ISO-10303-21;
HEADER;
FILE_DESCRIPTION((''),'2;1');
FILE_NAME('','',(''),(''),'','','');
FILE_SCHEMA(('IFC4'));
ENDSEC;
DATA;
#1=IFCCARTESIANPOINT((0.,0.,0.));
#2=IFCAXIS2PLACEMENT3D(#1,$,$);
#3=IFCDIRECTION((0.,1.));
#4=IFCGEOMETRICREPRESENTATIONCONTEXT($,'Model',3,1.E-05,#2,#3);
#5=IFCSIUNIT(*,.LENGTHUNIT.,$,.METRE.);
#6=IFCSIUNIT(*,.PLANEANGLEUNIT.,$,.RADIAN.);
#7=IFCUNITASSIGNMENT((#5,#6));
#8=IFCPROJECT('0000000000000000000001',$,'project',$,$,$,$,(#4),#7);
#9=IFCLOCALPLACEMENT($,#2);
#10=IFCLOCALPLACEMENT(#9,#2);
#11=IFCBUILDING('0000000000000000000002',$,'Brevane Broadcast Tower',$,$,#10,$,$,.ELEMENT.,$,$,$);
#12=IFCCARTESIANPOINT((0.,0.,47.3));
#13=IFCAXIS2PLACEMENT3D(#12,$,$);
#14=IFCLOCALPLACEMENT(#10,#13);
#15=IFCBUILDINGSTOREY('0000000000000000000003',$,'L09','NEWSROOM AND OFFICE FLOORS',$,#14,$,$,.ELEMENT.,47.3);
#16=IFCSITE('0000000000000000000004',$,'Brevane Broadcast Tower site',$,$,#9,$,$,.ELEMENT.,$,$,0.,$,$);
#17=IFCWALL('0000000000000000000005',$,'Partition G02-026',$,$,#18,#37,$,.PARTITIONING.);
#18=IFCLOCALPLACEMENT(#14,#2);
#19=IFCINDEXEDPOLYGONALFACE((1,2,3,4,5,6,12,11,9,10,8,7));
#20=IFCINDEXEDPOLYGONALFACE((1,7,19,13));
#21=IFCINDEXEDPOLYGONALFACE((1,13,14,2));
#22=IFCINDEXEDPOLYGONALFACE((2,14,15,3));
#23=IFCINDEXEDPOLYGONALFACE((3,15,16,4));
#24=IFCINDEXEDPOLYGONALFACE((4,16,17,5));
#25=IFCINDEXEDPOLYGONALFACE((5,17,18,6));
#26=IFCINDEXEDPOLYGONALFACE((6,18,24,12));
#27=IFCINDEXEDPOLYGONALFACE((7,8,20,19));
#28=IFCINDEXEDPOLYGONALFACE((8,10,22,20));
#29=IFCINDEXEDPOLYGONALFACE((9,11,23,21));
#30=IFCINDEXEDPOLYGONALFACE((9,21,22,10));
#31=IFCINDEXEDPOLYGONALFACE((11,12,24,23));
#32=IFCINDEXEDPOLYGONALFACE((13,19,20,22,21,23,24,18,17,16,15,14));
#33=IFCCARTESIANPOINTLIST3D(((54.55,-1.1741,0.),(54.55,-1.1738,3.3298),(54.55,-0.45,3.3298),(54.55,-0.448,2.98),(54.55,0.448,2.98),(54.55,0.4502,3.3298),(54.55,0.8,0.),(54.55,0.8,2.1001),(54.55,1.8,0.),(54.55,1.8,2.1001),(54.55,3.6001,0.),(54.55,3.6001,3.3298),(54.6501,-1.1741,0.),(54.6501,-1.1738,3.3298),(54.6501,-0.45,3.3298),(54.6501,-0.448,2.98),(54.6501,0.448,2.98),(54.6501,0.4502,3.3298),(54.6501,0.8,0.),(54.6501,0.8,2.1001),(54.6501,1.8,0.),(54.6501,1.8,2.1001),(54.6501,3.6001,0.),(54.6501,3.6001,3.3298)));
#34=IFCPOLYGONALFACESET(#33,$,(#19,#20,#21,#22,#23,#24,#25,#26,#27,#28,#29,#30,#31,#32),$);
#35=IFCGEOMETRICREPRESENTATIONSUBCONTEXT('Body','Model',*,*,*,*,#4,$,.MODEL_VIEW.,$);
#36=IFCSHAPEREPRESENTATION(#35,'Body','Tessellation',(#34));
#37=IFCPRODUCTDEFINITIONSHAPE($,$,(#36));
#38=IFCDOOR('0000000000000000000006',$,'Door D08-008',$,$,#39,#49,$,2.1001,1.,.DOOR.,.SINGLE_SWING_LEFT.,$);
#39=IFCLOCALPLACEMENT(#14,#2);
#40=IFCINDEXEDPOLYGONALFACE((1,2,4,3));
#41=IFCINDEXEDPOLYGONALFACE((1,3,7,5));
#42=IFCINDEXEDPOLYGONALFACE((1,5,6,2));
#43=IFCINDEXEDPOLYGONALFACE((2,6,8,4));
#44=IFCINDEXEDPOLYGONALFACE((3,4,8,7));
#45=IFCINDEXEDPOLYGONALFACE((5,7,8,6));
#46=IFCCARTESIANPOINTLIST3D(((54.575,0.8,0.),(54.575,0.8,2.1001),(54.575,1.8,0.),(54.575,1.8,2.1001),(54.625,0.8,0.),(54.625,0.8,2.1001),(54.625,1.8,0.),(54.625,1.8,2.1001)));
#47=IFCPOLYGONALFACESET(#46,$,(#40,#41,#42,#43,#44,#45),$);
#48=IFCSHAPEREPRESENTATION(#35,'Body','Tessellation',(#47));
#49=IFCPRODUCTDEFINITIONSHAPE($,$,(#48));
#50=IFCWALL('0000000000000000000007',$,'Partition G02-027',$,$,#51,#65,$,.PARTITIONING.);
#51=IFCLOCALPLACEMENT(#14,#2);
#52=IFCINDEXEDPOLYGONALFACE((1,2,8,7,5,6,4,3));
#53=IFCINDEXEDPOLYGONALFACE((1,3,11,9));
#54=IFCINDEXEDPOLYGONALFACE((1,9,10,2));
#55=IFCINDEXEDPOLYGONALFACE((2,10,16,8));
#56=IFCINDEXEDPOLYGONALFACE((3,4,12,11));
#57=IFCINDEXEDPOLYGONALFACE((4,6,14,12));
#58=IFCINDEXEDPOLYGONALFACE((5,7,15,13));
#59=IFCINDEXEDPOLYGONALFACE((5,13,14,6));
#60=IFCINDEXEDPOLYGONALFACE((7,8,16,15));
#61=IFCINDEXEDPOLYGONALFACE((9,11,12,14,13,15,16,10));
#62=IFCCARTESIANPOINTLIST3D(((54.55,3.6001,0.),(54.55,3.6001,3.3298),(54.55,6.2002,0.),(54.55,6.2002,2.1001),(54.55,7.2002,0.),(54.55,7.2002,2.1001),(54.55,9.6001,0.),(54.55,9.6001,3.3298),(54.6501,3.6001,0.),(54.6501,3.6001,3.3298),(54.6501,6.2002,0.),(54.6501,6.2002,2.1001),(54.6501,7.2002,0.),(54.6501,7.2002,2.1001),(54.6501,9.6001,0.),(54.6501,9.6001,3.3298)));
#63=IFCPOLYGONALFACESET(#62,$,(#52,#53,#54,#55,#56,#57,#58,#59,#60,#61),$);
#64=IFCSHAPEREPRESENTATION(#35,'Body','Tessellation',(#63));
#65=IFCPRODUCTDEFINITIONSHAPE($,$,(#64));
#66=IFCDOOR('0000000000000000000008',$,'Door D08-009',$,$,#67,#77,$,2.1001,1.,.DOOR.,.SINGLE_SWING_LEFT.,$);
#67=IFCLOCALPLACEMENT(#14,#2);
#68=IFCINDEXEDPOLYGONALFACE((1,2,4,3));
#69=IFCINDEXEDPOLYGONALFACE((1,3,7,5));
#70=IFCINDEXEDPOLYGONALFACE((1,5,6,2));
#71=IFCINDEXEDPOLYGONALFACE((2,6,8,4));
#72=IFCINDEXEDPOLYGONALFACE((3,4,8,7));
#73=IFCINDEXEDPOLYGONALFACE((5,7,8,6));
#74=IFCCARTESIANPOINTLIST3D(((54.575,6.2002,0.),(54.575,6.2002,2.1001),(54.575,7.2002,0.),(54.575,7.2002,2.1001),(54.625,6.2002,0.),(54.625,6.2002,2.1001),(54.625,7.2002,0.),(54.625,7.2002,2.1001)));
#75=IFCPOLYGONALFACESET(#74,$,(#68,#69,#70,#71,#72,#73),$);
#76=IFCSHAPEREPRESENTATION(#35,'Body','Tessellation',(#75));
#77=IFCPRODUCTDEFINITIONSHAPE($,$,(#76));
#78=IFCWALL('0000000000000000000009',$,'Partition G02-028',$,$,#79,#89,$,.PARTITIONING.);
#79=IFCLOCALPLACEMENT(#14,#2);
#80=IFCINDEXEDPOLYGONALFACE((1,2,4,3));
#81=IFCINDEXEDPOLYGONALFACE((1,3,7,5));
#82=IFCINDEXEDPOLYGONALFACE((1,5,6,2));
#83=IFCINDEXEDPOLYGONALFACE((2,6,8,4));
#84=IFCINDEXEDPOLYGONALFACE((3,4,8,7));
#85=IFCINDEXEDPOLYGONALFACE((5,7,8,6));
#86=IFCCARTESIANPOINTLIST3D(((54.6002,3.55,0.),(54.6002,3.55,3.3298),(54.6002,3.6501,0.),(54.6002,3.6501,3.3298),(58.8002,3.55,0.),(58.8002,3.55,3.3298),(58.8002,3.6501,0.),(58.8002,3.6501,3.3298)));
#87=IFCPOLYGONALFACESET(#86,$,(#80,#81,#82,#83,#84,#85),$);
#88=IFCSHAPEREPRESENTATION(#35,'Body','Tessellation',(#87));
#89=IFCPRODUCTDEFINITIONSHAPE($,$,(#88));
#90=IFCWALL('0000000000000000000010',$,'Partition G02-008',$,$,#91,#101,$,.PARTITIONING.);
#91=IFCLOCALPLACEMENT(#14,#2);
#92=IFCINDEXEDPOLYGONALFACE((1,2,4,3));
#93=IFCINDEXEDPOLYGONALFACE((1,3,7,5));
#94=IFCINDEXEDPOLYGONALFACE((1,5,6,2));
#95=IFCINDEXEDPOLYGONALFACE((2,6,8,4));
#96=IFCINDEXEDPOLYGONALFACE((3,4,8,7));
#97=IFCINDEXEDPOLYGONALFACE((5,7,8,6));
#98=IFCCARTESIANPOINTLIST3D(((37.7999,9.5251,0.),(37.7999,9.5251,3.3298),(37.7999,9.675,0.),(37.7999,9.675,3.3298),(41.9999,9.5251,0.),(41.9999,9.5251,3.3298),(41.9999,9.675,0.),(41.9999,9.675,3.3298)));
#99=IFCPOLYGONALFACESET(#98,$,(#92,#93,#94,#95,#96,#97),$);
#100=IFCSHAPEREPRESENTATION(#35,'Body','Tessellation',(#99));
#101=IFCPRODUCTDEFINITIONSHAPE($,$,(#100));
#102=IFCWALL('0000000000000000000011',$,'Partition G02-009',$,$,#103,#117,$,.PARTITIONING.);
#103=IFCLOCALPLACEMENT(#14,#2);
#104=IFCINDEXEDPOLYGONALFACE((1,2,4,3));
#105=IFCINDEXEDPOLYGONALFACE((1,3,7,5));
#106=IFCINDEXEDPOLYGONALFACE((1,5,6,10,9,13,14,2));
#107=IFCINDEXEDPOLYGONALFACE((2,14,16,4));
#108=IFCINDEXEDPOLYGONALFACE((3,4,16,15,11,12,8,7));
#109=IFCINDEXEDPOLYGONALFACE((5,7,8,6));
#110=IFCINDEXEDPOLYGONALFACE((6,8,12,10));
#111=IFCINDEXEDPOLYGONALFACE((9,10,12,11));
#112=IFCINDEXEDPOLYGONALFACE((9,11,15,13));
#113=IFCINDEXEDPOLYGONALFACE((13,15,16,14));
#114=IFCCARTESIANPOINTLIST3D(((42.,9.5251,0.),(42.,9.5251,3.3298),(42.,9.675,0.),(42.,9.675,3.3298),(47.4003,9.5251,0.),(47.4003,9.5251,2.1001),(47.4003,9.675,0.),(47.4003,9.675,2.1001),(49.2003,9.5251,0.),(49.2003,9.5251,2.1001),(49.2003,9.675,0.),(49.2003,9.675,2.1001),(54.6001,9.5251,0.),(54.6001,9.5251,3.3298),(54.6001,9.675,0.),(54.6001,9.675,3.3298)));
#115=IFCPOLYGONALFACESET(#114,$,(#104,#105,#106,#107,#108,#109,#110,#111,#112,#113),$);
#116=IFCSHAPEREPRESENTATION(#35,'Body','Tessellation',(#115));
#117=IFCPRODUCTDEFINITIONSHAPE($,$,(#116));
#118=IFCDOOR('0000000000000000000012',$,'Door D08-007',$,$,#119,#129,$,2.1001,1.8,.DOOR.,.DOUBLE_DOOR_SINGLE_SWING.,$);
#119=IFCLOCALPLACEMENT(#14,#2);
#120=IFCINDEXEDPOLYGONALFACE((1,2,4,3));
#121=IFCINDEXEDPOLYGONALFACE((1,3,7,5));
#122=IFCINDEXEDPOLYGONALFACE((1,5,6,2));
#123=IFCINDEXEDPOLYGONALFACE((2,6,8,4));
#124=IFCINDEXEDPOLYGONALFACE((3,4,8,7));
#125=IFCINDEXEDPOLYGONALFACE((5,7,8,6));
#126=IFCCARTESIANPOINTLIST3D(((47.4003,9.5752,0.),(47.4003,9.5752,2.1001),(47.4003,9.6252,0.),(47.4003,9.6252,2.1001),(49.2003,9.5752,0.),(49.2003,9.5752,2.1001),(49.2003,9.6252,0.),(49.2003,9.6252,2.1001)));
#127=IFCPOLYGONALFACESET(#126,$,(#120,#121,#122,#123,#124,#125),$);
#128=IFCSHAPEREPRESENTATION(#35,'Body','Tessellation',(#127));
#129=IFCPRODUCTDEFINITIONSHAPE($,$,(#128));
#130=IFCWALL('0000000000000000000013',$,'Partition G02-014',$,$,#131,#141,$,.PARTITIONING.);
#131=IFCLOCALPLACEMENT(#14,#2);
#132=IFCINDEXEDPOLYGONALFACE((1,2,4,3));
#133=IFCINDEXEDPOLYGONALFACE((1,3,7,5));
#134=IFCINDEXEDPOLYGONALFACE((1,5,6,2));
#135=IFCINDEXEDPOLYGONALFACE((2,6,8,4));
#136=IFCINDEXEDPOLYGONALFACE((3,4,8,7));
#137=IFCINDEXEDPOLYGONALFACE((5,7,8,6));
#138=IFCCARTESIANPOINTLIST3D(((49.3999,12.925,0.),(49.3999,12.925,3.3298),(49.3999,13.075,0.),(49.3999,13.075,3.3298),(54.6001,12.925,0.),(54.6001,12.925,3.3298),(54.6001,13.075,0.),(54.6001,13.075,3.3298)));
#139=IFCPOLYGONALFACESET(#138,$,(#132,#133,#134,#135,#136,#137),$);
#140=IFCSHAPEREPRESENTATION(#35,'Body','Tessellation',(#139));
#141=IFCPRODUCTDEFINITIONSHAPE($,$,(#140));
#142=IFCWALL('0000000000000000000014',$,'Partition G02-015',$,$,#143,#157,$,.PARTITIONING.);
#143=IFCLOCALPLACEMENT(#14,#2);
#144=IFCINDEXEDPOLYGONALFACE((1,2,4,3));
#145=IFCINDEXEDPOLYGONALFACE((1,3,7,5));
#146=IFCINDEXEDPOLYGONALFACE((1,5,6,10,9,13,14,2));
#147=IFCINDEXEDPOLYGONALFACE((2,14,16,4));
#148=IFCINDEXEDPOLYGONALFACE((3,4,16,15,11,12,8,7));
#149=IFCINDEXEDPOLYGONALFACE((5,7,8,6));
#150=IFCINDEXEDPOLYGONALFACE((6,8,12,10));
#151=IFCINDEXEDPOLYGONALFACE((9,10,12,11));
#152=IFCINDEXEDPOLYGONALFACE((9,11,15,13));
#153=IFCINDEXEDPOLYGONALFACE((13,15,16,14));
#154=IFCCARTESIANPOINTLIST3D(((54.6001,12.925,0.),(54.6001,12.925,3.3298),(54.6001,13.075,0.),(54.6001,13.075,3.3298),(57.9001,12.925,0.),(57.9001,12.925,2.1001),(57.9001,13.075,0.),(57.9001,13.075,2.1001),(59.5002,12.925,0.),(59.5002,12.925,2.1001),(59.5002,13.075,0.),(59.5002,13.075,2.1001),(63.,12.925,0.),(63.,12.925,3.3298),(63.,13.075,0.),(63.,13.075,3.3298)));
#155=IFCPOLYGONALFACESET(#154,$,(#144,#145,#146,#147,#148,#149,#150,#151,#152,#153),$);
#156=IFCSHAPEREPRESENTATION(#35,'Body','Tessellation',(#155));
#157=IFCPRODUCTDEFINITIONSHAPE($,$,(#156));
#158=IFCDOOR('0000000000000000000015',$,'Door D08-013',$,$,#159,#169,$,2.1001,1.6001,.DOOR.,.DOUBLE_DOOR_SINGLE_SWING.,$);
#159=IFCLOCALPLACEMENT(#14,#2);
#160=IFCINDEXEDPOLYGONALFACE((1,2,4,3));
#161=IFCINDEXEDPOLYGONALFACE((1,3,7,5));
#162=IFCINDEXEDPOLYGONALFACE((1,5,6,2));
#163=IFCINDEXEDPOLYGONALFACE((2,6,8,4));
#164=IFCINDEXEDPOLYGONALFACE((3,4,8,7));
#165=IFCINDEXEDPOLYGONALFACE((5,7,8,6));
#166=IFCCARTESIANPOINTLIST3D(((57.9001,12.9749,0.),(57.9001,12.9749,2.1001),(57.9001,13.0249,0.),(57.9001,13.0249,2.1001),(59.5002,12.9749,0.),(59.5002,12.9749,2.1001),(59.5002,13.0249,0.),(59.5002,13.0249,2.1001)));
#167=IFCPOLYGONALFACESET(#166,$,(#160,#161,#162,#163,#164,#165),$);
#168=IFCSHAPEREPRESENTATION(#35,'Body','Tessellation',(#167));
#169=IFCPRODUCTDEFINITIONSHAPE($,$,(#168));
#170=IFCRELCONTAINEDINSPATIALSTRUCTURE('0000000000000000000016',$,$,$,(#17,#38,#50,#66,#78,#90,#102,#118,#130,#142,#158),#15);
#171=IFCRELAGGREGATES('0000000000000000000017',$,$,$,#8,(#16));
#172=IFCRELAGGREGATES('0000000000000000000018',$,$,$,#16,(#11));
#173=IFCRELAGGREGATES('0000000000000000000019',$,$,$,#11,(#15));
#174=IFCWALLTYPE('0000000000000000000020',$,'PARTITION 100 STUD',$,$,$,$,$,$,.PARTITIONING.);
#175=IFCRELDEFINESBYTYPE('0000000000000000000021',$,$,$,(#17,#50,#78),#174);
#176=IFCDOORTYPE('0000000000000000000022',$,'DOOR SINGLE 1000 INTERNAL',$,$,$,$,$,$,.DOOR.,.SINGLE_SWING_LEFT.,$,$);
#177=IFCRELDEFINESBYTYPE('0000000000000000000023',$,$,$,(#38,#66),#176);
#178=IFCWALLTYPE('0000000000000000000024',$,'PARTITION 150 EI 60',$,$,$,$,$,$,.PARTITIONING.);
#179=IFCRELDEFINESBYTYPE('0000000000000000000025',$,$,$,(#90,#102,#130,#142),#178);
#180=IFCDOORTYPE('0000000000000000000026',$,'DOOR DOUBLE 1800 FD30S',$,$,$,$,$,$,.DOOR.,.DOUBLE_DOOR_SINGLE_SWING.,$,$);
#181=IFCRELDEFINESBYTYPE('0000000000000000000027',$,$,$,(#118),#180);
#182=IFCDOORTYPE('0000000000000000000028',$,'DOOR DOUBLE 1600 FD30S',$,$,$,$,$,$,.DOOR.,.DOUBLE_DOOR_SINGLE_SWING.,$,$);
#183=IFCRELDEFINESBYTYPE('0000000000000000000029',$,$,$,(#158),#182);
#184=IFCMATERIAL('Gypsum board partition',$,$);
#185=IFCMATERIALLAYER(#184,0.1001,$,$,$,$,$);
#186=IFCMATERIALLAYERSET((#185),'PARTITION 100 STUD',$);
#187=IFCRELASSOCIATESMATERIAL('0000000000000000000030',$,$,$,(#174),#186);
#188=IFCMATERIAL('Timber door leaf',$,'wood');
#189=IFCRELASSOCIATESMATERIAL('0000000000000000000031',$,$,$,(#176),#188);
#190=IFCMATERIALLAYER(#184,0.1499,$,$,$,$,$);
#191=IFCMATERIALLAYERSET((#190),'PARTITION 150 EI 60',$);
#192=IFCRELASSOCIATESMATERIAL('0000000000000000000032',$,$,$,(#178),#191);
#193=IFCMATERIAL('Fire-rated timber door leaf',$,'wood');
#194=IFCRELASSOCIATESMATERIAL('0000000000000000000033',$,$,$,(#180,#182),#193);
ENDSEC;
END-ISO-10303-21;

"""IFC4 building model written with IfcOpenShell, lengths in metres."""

from ifc_helpers import new_model, si_unit, direction, frame, frame_2d, origin, place, context, subcontext, project, spatial, polyline, rectangle, outline, extrude, material, layer, layer_set, type_object, element, fill, save


model = new_model("IFC4")

# Units and contexts
model_context = context("Model", 3, precision=1e-05, world=origin(), true_north=direction((0.0, 1.0)))
body_context = subcontext(model_context, "Body", "Model", "MODEL_VIEW")
ifc_project = project(units=[si_unit("LENGTHUNIT", "METRE"), si_unit("PLANEANGLEUNIT", "RADIAN")], contexts=[model_context])

# Site, building, storey
site_placement = place(None, origin())
site = spatial("IfcSite", under=ifc_project, at=site_placement, Name="Brevane Broadcast Tower site", CompositionType="ELEMENT", RefElevation=0.0)
building_placement = place(site_placement, origin())
building = spatial("IfcBuilding", under=site, at=building_placement, Name="Brevane Broadcast Tower", CompositionType="ELEMENT")
storey_placement = place(building_placement, frame((0.0, 0.0, 47.3)))
storey = spatial("IfcBuildingStorey", under=building, at=storey_placement, Name="L09", Description="NEWSROOM AND OFFICE FLOORS", CompositionType="ELEMENT", Elevation=47.3)

# Walls, openings, doors
ifc_material_1 = material(Name="Gypsum board partition")
ifc_layer_1 = layer(ifc_material_1, 0.1001)
ifc_layer_set_1 = layer_set([ifc_layer_1], Name="PARTITION 100 STUD")
wall_type_1 = type_object("IfcWallType", Name="PARTITION 100 STUD", PredefinedType="PARTITIONING", material=ifc_layer_set_1)
wall_1_placement = place(storey_placement, frame((54.6001, 3.6001, 0.0), z_axis=(0.0, 0.0, 1.0), x_axis=(0.0, -1.0, 0.0)))
wall_1 = element("IfcWall", 1, at=wall_1_placement, inside=storey, type_object=wall_type_1, Name="Partition G02-026", PredefinedType="PARTITIONING", context=body_context, shape_type="SweptSolid", body=[
    extrude(outline(polyline([(0.0, 0.0), (4.7742, 0.0), (4.7739, 3.3298), (4.7, 3.3298), (4.05, 3.3298), (4.0481, 2.98), (3.1521, 2.98), (3.1499, 3.3298), (0.0, 3.3298), (0.0, 0.0)])), frame((0.0, 0.05, 0.0), z_axis=(0.0, -1.0, 0.0), x_axis=(1.0, 0.0, 0.0)), (0.0, 0.0, 1.0), 0.1001),
])
opening_1_placement = place(wall_1_placement, frame((1.8, 0.0, 0.0)))
opening_1 = element("IfcOpeningElement", 2, at=opening_1_placement, cuts=wall_1, PredefinedType="OPENING", context=body_context, shape_type="SweptSolid", body=[
    extrude(rectangle(XDim=1.0, YDim=2.1001, at=frame_2d((0.5, 1.05))), frame((0.0, 0.0601, 0.0), z_axis=(0.0, -1.0, 0.0), x_axis=(1.0, 0.0, 0.0)), (0.0, 0.0, 1.0), 0.1201),
])
ifc_material_2 = material(Name="Timber door leaf", Category="wood")
door_type_1 = type_object("IfcDoorType", Name="DOOR SINGLE 1000 INTERNAL", OperationType="SINGLE_SWING_LEFT", PredefinedType="DOOR", material=ifc_material_2)
door_1_placement = place(opening_1_placement, origin())
door_1 = element("IfcDoor", 3, at=door_1_placement, inside=storey, type_object=door_type_1, Name="Door D08-008", OperationType="SINGLE_SWING_LEFT", OverallHeight=2.1001, OverallWidth=1.0, PredefinedType="DOOR", context=body_context, shape_type="SweptSolid", body=[
    extrude(rectangle(XDim=1.0, YDim=2.1001, at=frame_2d((0.5, 1.05))), frame((0.0, 0.0249, 0.0), z_axis=(0.0, -1.0, 0.0), x_axis=(1.0, 0.0, 0.0)), (0.0, 0.0, 1.0), 0.05),
])
fill(opening_1, door_1)
wall_2_placement = place(storey_placement, frame((54.6001, 9.6001, 0.0), z_axis=(0.0, 0.0, 1.0), x_axis=(0.0, -1.0, 0.0)))
wall_2 = element("IfcWall", 4, at=wall_2_placement, inside=storey, type_object=wall_type_1, Name="Partition G02-027", PredefinedType="PARTITIONING", context=body_context, shape_type="SweptSolid", body=[
    extrude(rectangle(XDim=6.0, YDim=0.1001, at=frame_2d((3.0, 0.0))), origin(), (0.0, 0.0, 1.0), 3.3298),
])
opening_2_placement = place(wall_2_placement, frame((2.3999, 0.0, 0.0)))
opening_2 = element("IfcOpeningElement", 5, at=opening_2_placement, cuts=wall_2, PredefinedType="OPENING", context=body_context, shape_type="SweptSolid", body=[
    extrude(rectangle(XDim=1.0, YDim=2.1001, at=frame_2d((0.5, 1.05))), frame((0.0, 0.0601, 0.0), z_axis=(0.0, -1.0, 0.0), x_axis=(1.0, 0.0, 0.0)), (0.0, 0.0, 1.0), 0.1201),
])
door_2_placement = place(opening_2_placement, origin())
door_2 = element("IfcDoor", 6, at=door_2_placement, inside=storey, type_object=door_type_1, Name="Door D08-009", OperationType="SINGLE_SWING_LEFT", OverallHeight=2.1001, OverallWidth=1.0, PredefinedType="DOOR", context=body_context, shape_type="SweptSolid", body=[
    extrude(rectangle(XDim=1.0, YDim=2.1001, at=frame_2d((0.5, 1.05))), frame((0.0, 0.0249, 0.0), z_axis=(0.0, -1.0, 0.0), x_axis=(1.0, 0.0, 0.0)), (0.0, 0.0, 1.0), 0.05),
])
fill(opening_2, door_2)

# Walls
wall_3_placement = place(storey_placement, frame((54.6001, 3.6001, 0.0), z_axis=(0.0, 0.0, 1.0), x_axis=(1.0, 0.0, 0.0)))
element("IfcWall", 7, at=wall_3_placement, inside=storey, type_object=wall_type_1, Name="Partition G02-028", PredefinedType="PARTITIONING", context=body_context, shape_type="SweptSolid", body=[
    extrude(rectangle(XDim=4.2, YDim=0.1001, at=frame_2d((2.1001, 0.0))), origin(), (0.0, 0.0, 1.0), 3.3298),
])
ifc_layer_2 = layer(ifc_material_1, 0.1499)
ifc_layer_set_2 = layer_set([ifc_layer_2], Name="PARTITION 150 EI 60")
wall_type_2 = type_object("IfcWallType", Name="PARTITION 150 EI 60", PredefinedType="PARTITIONING", material=ifc_layer_set_2)
wall_4_placement = place(storey_placement, frame((42.0, 9.6001, 0.0), z_axis=(0.0, 0.0, 1.0), x_axis=(-1.0, 0.0, 0.0)))
element("IfcWall", 8, at=wall_4_placement, inside=storey, type_object=wall_type_2, Name="Partition G02-008", PredefinedType="PARTITIONING", context=body_context, shape_type="SweptSolid", body=[
    extrude(rectangle(XDim=4.2, YDim=0.1499, at=frame_2d((2.1001, 0.0))), origin(), (0.0, 0.0, 1.0), 3.3298),
])

# Wall, opening, door
wall_5_placement = place(storey_placement, frame((54.6001, 9.6001, 0.0), z_axis=(0.0, 0.0, 1.0), x_axis=(-1.0, 0.0, 0.0)))
wall_5 = element("IfcWall", 9, at=wall_5_placement, inside=storey, type_object=wall_type_2, Name="Partition G02-009", PredefinedType="PARTITIONING", context=body_context, shape_type="SweptSolid", body=[
    extrude(rectangle(XDim=12.6001, YDim=0.1499, at=frame_2d((6.3, 0.0))), origin(), (0.0, 0.0, 1.0), 3.3298),
])
opening_3_placement = place(wall_5_placement, frame((5.3999, 0.0, 0.0)))
opening_3 = element("IfcOpeningElement", 10, at=opening_3_placement, cuts=wall_5, PredefinedType="OPENING", context=body_context, shape_type="SweptSolid", body=[
    extrude(rectangle(XDim=1.8, YDim=2.1001, at=frame_2d((0.8999, 1.05))), frame((0.0, 0.085, 0.0), z_axis=(0.0, -1.0, 0.0), x_axis=(1.0, 0.0, 0.0)), (0.0, 0.0, 1.0), 0.1699),
])
ifc_material_3 = material(Name="Fire-rated timber door leaf", Category="wood")
door_type_2 = type_object("IfcDoorType", Name="DOOR DOUBLE 1800 FD30S", OperationType="DOUBLE_DOOR_SINGLE_SWING", PredefinedType="DOOR", material=ifc_material_3)
door_3_placement = place(opening_3_placement, origin())
door_3 = element("IfcDoor", 11, at=door_3_placement, inside=storey, type_object=door_type_2, Name="Door D08-007", OperationType="DOUBLE_DOOR_SINGLE_SWING", OverallHeight=2.1001, OverallWidth=1.8, PredefinedType="DOOR", context=body_context, shape_type="SweptSolid", body=[
    extrude(rectangle(XDim=1.8, YDim=2.1001, at=frame_2d((0.8999, 1.05))), frame((0.0, 0.0249, 0.0), z_axis=(0.0, -1.0, 0.0), x_axis=(1.0, 0.0, 0.0)), (0.0, 0.0, 1.0), 0.05),
])
fill(opening_3, door_3)

# Wall
wall_6_placement = place(storey_placement, frame((49.3999, 13.0, 0.0), z_axis=(0.0, 0.0, 1.0), x_axis=(1.0, 0.0, 0.0)))
element("IfcWall", 12, at=wall_6_placement, inside=storey, type_object=wall_type_2, Name="Partition G02-014", PredefinedType="PARTITIONING", context=body_context, shape_type="SweptSolid", body=[
    extrude(rectangle(XDim=5.2002, YDim=0.1499, at=frame_2d((2.6001, 0.0))), origin(), (0.0, 0.0, 1.0), 3.3298),
])

# Wall, opening, door
wall_7_placement = place(storey_placement, frame((54.6001, 13.0, 0.0), z_axis=(0.0, 0.0, 1.0), x_axis=(1.0, 0.0, 0.0)))
wall_7 = element("IfcWall", 13, at=wall_7_placement, inside=storey, type_object=wall_type_2, Name="Partition G02-015", PredefinedType="PARTITIONING", context=body_context, shape_type="SweptSolid", body=[
    extrude(rectangle(XDim=8.3999, YDim=0.1499, at=frame_2d((4.2, 0.0))), origin(), (0.0, 0.0, 1.0), 3.3298),
])
opening_4_placement = place(wall_7_placement, frame((3.3, 0.0, 0.0)))
opening_4 = element("IfcOpeningElement", 14, at=opening_4_placement, cuts=wall_7, PredefinedType="OPENING", context=body_context, shape_type="SweptSolid", body=[
    extrude(rectangle(XDim=1.6001, YDim=2.1001, at=frame_2d((0.8, 1.05))), frame((0.0, 0.085, 0.0), z_axis=(0.0, -1.0, 0.0), x_axis=(1.0, 0.0, 0.0)), (0.0, 0.0, 1.0), 0.1699),
])
door_type_3 = type_object("IfcDoorType", Name="DOOR DOUBLE 1600 FD30S", OperationType="DOUBLE_DOOR_SINGLE_SWING", PredefinedType="DOOR", material=ifc_material_3)
door_4_placement = place(opening_4_placement, origin())
door_4 = element("IfcDoor", 15, at=door_4_placement, inside=storey, type_object=door_type_3, Name="Door D08-013", OperationType="DOUBLE_DOOR_SINGLE_SWING", OverallHeight=2.1001, OverallWidth=1.6001, PredefinedType="DOOR", context=body_context, shape_type="SweptSolid", body=[
    extrude(rectangle(XDim=1.6001, YDim=2.1001, at=frame_2d((0.8, 1.05))), frame((0.0, 0.0249, 0.0), z_axis=(0.0, -1.0, 0.0), x_axis=(1.0, 0.0, 0.0)), (0.0, 0.0, 1.0), 0.05),
])
fill(opening_4, door_4)

save(model, "model.ifc")
